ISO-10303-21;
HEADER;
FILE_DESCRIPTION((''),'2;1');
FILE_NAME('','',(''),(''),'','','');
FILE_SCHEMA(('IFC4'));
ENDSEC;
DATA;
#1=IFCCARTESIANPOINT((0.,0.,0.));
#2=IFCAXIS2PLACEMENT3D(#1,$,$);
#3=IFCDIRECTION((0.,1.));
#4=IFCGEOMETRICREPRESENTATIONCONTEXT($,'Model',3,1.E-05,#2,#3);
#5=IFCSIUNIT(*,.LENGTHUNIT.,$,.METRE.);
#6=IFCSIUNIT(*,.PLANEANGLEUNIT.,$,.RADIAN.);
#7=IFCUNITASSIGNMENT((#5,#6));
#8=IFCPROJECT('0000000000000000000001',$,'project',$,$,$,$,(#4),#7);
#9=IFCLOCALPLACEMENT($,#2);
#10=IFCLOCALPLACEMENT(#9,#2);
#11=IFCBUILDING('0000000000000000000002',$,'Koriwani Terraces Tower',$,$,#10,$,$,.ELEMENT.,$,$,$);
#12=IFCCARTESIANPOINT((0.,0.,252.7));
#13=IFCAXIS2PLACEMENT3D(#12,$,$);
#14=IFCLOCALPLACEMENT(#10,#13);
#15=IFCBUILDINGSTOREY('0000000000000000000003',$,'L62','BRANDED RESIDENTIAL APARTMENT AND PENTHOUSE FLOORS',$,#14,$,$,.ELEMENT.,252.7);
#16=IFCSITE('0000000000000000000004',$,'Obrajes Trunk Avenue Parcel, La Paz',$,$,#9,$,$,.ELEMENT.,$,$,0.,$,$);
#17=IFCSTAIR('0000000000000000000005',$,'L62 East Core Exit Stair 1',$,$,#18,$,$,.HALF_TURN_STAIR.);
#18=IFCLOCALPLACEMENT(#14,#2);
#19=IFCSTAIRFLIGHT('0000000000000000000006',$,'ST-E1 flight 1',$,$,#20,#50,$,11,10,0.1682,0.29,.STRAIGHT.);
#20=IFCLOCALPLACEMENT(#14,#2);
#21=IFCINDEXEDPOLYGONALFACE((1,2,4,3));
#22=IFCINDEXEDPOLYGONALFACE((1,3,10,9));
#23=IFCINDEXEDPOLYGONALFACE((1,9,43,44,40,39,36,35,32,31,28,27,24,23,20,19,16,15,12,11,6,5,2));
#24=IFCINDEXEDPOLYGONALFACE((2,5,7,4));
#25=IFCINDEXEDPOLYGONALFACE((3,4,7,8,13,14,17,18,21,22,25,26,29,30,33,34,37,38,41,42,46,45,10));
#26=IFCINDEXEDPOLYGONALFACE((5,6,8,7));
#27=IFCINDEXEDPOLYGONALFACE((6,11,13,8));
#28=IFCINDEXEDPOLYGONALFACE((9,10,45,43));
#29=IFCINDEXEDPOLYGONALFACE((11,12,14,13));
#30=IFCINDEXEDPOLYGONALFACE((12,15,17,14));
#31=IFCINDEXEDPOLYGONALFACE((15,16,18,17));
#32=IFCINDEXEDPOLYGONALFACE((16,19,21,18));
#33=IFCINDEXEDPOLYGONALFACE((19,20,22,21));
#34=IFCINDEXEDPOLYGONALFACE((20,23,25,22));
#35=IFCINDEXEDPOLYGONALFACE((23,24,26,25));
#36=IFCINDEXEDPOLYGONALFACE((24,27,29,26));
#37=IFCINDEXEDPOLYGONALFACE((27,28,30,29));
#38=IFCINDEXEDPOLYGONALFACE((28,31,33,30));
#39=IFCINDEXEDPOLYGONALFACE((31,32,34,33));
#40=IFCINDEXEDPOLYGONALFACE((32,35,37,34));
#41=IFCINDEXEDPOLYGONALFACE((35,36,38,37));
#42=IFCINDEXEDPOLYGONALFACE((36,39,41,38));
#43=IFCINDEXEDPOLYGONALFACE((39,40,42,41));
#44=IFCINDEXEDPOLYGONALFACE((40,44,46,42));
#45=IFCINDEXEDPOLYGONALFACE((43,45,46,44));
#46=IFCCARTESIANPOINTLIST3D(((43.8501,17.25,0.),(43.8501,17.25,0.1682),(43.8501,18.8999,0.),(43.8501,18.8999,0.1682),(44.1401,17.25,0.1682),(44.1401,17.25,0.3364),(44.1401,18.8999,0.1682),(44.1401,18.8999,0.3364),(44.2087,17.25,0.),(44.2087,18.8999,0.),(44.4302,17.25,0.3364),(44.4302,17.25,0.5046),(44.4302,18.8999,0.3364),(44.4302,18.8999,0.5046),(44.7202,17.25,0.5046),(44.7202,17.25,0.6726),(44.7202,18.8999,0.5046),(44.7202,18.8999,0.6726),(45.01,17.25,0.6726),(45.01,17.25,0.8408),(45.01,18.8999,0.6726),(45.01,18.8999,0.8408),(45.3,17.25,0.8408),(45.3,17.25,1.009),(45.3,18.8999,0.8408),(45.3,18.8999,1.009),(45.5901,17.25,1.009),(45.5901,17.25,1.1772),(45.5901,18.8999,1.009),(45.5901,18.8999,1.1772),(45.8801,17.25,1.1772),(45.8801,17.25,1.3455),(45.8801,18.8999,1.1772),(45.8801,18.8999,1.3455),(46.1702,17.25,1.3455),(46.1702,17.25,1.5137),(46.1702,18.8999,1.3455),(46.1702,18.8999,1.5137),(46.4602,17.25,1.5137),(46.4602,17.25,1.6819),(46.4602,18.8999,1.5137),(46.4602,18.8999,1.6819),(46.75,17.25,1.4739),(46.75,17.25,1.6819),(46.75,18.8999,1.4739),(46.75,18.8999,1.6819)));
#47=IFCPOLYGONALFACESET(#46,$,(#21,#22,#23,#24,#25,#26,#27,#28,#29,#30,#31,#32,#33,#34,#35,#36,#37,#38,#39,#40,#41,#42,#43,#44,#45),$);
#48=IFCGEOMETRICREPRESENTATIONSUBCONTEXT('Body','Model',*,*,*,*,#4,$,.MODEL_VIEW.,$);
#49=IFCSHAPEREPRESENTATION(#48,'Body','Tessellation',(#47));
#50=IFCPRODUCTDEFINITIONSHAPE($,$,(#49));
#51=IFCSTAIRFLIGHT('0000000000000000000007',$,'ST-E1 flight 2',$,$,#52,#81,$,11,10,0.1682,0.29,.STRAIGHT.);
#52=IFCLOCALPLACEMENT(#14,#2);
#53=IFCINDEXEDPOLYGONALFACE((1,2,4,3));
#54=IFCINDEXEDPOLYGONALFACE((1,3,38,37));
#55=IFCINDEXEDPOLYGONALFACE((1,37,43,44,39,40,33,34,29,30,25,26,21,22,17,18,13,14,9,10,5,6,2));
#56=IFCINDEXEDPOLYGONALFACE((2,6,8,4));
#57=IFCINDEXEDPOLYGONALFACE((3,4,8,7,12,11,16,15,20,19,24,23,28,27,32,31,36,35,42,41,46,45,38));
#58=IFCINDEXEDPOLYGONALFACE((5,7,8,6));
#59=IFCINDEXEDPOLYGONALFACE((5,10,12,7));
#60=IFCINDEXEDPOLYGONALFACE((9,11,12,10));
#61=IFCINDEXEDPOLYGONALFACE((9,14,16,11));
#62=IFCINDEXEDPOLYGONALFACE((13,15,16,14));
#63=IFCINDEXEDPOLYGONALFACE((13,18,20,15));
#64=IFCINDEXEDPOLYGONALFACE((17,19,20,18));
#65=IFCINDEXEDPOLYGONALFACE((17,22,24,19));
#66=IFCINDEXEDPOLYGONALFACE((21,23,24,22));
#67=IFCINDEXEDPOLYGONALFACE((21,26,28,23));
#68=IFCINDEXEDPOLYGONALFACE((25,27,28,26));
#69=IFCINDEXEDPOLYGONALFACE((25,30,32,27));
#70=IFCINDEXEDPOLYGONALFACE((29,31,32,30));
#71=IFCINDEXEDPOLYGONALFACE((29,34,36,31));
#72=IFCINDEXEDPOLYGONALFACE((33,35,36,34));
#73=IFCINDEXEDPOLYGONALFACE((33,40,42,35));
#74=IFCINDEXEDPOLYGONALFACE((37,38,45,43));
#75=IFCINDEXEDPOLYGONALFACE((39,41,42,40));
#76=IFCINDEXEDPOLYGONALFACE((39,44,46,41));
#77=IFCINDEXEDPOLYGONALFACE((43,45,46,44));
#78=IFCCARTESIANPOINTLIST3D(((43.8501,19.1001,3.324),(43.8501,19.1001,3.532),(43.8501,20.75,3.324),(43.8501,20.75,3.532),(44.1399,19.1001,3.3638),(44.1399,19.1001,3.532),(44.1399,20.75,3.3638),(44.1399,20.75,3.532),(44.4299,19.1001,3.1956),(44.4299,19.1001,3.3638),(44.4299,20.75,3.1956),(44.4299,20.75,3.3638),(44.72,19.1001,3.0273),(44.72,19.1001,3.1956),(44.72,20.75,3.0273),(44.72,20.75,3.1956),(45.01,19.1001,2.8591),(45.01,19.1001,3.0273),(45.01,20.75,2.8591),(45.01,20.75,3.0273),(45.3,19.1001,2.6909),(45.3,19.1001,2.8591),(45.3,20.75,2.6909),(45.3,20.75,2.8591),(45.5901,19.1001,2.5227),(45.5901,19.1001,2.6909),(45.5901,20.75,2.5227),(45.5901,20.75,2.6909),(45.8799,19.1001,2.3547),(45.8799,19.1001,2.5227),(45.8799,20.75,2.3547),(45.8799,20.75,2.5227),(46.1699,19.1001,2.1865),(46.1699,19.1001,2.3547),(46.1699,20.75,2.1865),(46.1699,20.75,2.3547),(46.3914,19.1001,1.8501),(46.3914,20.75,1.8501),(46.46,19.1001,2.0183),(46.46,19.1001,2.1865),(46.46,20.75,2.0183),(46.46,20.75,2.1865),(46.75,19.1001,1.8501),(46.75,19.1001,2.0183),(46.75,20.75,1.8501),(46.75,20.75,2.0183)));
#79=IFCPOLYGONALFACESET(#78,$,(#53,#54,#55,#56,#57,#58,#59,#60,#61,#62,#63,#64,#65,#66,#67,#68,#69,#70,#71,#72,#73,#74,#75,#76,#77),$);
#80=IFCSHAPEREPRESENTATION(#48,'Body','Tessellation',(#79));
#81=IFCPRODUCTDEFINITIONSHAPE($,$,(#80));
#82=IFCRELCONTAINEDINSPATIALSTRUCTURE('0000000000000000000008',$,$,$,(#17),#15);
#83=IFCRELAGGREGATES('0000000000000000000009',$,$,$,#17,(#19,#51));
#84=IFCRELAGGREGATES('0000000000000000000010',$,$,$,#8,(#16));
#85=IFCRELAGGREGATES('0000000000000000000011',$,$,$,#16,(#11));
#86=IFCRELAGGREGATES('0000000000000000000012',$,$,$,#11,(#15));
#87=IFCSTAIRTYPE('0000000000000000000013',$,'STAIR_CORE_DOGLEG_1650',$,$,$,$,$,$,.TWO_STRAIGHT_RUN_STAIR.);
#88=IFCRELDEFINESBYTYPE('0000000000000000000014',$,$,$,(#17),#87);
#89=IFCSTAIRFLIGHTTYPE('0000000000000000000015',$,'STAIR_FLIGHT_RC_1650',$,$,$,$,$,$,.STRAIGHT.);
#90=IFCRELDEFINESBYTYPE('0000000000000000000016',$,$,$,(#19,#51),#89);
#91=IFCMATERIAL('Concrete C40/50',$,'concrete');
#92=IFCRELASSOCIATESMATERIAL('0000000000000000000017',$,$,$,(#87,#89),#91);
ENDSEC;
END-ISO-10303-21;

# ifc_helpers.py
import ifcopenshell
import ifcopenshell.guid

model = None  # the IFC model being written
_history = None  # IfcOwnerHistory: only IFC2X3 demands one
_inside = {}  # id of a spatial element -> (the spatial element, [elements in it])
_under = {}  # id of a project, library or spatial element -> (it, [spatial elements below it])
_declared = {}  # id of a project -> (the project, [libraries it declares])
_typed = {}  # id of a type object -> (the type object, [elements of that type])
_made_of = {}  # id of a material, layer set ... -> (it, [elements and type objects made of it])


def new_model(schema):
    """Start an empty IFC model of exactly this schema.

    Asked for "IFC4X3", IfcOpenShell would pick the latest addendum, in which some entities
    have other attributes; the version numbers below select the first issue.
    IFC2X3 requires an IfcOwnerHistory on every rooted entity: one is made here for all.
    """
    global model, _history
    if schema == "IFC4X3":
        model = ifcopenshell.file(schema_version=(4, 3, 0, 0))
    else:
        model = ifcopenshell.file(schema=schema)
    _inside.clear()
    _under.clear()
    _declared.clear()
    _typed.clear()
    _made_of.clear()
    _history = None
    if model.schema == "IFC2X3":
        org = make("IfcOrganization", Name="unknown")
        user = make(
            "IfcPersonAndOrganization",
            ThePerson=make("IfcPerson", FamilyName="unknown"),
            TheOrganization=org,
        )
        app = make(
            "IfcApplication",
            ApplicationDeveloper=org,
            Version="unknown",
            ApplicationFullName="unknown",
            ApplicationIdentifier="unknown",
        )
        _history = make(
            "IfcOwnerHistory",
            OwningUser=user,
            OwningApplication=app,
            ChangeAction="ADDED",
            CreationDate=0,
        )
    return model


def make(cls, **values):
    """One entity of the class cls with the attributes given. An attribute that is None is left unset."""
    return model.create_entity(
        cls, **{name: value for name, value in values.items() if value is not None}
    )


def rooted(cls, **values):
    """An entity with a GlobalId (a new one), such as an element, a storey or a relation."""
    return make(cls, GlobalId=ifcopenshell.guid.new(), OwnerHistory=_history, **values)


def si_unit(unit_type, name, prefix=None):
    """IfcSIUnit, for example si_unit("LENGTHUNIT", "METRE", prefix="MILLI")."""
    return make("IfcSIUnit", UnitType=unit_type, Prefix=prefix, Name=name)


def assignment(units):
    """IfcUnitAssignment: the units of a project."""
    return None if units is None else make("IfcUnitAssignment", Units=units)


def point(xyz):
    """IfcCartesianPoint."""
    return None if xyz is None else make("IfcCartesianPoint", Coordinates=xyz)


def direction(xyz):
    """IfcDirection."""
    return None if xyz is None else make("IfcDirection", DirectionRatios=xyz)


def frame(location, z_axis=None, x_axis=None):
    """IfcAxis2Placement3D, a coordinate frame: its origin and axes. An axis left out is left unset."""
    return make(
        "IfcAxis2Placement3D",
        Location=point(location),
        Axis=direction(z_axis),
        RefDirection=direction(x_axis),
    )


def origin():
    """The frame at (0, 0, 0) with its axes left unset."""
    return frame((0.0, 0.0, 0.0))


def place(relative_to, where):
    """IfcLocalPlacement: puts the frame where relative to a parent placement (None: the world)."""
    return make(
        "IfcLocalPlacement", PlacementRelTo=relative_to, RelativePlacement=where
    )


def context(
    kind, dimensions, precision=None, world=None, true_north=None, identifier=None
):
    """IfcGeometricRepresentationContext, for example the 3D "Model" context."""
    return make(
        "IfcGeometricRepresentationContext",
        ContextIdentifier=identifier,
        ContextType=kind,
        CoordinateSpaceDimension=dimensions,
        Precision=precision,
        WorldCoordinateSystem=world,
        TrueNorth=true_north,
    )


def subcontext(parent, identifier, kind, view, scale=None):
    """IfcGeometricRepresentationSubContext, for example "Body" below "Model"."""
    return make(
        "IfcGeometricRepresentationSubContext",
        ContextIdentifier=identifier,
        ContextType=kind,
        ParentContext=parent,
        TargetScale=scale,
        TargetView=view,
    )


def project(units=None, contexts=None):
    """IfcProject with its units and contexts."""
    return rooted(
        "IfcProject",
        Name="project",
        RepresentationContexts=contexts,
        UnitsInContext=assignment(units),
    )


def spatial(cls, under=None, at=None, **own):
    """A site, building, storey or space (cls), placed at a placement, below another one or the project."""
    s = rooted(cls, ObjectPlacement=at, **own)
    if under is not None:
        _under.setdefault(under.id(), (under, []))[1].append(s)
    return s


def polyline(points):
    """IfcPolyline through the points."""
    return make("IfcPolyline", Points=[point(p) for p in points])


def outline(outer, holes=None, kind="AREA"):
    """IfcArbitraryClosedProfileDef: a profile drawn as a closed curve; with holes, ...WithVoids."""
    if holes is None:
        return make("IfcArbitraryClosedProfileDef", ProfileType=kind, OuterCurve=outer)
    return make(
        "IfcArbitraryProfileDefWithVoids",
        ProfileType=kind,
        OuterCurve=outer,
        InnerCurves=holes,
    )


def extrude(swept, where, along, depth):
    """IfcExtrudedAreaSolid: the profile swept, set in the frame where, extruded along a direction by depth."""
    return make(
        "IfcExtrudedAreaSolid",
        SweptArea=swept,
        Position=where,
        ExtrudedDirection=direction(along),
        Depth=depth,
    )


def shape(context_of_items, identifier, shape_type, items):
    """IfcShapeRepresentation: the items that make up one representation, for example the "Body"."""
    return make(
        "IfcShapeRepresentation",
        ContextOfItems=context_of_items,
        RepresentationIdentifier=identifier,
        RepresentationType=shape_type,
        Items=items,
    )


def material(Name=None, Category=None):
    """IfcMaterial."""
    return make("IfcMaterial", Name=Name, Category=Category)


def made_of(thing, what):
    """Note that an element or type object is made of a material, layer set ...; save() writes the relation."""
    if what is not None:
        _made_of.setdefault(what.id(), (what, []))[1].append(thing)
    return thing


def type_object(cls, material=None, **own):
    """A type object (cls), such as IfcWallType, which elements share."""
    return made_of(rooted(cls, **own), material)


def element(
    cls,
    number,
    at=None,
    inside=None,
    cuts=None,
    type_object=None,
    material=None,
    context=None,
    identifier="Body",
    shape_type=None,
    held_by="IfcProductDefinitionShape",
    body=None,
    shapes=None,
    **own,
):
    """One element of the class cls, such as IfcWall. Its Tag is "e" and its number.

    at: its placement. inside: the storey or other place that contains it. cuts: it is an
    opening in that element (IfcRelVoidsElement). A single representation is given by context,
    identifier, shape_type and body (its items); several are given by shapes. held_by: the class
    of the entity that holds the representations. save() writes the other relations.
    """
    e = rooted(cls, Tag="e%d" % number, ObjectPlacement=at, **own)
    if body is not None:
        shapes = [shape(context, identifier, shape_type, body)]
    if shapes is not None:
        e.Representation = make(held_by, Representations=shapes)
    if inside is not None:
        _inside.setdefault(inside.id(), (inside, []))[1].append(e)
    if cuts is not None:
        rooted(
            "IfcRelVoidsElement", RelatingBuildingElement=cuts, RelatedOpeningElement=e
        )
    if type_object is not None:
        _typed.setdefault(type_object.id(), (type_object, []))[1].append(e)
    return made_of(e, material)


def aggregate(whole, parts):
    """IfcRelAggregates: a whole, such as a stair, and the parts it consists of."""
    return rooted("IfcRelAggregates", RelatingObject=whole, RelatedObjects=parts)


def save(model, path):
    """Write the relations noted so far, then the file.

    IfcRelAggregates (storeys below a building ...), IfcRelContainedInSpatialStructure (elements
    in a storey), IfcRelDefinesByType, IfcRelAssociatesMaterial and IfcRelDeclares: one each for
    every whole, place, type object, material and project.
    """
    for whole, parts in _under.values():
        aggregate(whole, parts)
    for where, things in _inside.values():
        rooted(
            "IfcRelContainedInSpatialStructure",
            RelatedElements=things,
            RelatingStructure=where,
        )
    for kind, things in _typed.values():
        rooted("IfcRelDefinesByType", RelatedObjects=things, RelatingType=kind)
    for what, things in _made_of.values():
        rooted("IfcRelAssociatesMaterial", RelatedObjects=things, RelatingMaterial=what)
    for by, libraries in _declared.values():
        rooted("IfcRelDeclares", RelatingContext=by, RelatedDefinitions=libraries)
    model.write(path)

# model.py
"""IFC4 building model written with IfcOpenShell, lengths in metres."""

from ifc_helpers import new_model, si_unit, direction, frame, origin, place, context, subcontext, project, spatial, polyline, outline, extrude, material, type_object, element, aggregate, save


model = new_model("IFC4")

# Units and contexts
model_context = context("Model", 3, precision=1e-05, world=origin(), true_north=direction((0.0, 1.0)))
body_context = subcontext(model_context, "Body", "Model", "MODEL_VIEW")
ifc_project = project(units=[si_unit("LENGTHUNIT", "METRE"), si_unit("PLANEANGLEUNIT", "RADIAN")], contexts=[model_context])

# Site, building, storey
site_placement = place(None, origin())
site = spatial("IfcSite", under=ifc_project, at=site_placement, Name="Obrajes Trunk Avenue Parcel, La Paz", CompositionType="ELEMENT", RefElevation=0.0)
building_placement = place(site_placement, origin())
building = spatial("IfcBuilding", under=site, at=building_placement, Name="Koriwani Terraces Tower", CompositionType="ELEMENT")
storey_placement = place(building_placement, frame((0.0, 0.0, 252.7)))
storey = spatial("IfcBuildingStorey", under=building, at=storey_placement, Name="L62", Description="BRANDED RESIDENTIAL APARTMENT AND PENTHOUSE FLOORS", CompositionType="ELEMENT", Elevation=252.7)

# Shared definitions
ifc_material_1 = material(Name="Concrete C40/50", Category="concrete")

# Stair, stair flights
stair_type = type_object("IfcStairType", Name="STAIR_CORE_DOGLEG_1650", PredefinedType="TWO_STRAIGHT_RUN_STAIR", material=ifc_material_1)
stair_placement = place(storey_placement, origin())
stair = element("IfcStair", 1, at=stair_placement, inside=storey, type_object=stair_type, Name="L62 East Core Exit Stair 1", PredefinedType="HALF_TURN_STAIR")
stair_flight_type = type_object("IfcStairFlightType", Name="STAIR_FLIGHT_RC_1650", PredefinedType="STRAIGHT", material=ifc_material_1)
stair_flight_1_placement = place(storey_placement, frame((43.8501, 18.075, 0.0), z_axis=(0.0, 0.0, 1.0), x_axis=(1.0, 0.0, 0.0)))
stair_flight_1 = element("IfcStairFlight", 2, at=stair_flight_1_placement, type_object=stair_flight_type, Name="ST-E1 flight 1", NumberOfRisers=11, NumberOfTreads=10, PredefinedType="STRAIGHT", RiserHeight=0.1682, TreadLength=0.29, context=body_context, shape_type="SweptSolid", body=[
    extrude(outline(polyline([(0.0, 0.0), (0.0, 0.1682), (0.29, 0.1682), (0.29, 0.3364), (0.5801, 0.3364), (0.5801, 0.5046), (0.8701, 0.5046), (0.8701, 0.6726), (1.1599, 0.6726), (1.1599, 0.8408), (1.45, 0.8408), (1.45, 1.009), (1.74, 1.009), (1.74, 1.1772), (2.03, 1.1772), (2.03, 1.3455), (2.3201, 1.3455), (2.3201, 1.5137), (2.6101, 1.5137), (2.6101, 1.6819), (2.8999, 1.6819), (2.8999, 1.8501), (2.8999, 1.4739), (0.3586, 0.0), (0.0, 0.0)])), frame((0.0, 0.825, 0.0), z_axis=(0.0, -1.0, 0.0), x_axis=(1.0, 0.0, 0.0)), (0.0, 0.0, 1.0), 1.6499),
])
stair_flight_2_placement = place(storey_placement, frame((46.75, 19.925, 1.8501), z_axis=(0.0, 0.0, 1.0), x_axis=(-1.0, 0.0, 0.0)))
stair_flight_2 = element("IfcStairFlight", 3, at=stair_flight_2_placement, type_object=stair_flight_type, Name="ST-E1 flight 2", NumberOfRisers=11, NumberOfTreads=10, PredefinedType="STRAIGHT", RiserHeight=0.1682, TreadLength=0.29, context=body_context, shape_type="SweptSolid", body=[
    extrude(outline(polyline([(0.0, 0.0), (0.0, 0.1682), (0.29, 0.1682), (0.29, 0.3364), (0.5801, 0.3364), (0.5801, 0.5046), (0.8701, 0.5046), (0.8701, 0.6726), (1.1599, 0.6726), (1.1599, 0.8408), (1.45, 0.8408), (1.45, 1.009), (1.74, 1.009), (1.74, 1.1772), (2.03, 1.1772), (2.03, 1.3455), (2.3201, 1.3455), (2.3201, 1.5137), (2.6101, 1.5137), (2.6101, 1.6819), (2.8999, 1.6819), (2.8999, 1.8501), (2.8999, 1.4739), (0.3586, 0.0), (0.0, 0.0)])), frame((0.0, 0.825, 0.0), z_axis=(0.0, -1.0, 0.0), x_axis=(1.0, 0.0, 0.0)), (0.0, 0.0, 1.0), 1.6499),
])
aggregate(stair, [stair_flight_1, stair_flight_2])

save(model, "model.ifc")
